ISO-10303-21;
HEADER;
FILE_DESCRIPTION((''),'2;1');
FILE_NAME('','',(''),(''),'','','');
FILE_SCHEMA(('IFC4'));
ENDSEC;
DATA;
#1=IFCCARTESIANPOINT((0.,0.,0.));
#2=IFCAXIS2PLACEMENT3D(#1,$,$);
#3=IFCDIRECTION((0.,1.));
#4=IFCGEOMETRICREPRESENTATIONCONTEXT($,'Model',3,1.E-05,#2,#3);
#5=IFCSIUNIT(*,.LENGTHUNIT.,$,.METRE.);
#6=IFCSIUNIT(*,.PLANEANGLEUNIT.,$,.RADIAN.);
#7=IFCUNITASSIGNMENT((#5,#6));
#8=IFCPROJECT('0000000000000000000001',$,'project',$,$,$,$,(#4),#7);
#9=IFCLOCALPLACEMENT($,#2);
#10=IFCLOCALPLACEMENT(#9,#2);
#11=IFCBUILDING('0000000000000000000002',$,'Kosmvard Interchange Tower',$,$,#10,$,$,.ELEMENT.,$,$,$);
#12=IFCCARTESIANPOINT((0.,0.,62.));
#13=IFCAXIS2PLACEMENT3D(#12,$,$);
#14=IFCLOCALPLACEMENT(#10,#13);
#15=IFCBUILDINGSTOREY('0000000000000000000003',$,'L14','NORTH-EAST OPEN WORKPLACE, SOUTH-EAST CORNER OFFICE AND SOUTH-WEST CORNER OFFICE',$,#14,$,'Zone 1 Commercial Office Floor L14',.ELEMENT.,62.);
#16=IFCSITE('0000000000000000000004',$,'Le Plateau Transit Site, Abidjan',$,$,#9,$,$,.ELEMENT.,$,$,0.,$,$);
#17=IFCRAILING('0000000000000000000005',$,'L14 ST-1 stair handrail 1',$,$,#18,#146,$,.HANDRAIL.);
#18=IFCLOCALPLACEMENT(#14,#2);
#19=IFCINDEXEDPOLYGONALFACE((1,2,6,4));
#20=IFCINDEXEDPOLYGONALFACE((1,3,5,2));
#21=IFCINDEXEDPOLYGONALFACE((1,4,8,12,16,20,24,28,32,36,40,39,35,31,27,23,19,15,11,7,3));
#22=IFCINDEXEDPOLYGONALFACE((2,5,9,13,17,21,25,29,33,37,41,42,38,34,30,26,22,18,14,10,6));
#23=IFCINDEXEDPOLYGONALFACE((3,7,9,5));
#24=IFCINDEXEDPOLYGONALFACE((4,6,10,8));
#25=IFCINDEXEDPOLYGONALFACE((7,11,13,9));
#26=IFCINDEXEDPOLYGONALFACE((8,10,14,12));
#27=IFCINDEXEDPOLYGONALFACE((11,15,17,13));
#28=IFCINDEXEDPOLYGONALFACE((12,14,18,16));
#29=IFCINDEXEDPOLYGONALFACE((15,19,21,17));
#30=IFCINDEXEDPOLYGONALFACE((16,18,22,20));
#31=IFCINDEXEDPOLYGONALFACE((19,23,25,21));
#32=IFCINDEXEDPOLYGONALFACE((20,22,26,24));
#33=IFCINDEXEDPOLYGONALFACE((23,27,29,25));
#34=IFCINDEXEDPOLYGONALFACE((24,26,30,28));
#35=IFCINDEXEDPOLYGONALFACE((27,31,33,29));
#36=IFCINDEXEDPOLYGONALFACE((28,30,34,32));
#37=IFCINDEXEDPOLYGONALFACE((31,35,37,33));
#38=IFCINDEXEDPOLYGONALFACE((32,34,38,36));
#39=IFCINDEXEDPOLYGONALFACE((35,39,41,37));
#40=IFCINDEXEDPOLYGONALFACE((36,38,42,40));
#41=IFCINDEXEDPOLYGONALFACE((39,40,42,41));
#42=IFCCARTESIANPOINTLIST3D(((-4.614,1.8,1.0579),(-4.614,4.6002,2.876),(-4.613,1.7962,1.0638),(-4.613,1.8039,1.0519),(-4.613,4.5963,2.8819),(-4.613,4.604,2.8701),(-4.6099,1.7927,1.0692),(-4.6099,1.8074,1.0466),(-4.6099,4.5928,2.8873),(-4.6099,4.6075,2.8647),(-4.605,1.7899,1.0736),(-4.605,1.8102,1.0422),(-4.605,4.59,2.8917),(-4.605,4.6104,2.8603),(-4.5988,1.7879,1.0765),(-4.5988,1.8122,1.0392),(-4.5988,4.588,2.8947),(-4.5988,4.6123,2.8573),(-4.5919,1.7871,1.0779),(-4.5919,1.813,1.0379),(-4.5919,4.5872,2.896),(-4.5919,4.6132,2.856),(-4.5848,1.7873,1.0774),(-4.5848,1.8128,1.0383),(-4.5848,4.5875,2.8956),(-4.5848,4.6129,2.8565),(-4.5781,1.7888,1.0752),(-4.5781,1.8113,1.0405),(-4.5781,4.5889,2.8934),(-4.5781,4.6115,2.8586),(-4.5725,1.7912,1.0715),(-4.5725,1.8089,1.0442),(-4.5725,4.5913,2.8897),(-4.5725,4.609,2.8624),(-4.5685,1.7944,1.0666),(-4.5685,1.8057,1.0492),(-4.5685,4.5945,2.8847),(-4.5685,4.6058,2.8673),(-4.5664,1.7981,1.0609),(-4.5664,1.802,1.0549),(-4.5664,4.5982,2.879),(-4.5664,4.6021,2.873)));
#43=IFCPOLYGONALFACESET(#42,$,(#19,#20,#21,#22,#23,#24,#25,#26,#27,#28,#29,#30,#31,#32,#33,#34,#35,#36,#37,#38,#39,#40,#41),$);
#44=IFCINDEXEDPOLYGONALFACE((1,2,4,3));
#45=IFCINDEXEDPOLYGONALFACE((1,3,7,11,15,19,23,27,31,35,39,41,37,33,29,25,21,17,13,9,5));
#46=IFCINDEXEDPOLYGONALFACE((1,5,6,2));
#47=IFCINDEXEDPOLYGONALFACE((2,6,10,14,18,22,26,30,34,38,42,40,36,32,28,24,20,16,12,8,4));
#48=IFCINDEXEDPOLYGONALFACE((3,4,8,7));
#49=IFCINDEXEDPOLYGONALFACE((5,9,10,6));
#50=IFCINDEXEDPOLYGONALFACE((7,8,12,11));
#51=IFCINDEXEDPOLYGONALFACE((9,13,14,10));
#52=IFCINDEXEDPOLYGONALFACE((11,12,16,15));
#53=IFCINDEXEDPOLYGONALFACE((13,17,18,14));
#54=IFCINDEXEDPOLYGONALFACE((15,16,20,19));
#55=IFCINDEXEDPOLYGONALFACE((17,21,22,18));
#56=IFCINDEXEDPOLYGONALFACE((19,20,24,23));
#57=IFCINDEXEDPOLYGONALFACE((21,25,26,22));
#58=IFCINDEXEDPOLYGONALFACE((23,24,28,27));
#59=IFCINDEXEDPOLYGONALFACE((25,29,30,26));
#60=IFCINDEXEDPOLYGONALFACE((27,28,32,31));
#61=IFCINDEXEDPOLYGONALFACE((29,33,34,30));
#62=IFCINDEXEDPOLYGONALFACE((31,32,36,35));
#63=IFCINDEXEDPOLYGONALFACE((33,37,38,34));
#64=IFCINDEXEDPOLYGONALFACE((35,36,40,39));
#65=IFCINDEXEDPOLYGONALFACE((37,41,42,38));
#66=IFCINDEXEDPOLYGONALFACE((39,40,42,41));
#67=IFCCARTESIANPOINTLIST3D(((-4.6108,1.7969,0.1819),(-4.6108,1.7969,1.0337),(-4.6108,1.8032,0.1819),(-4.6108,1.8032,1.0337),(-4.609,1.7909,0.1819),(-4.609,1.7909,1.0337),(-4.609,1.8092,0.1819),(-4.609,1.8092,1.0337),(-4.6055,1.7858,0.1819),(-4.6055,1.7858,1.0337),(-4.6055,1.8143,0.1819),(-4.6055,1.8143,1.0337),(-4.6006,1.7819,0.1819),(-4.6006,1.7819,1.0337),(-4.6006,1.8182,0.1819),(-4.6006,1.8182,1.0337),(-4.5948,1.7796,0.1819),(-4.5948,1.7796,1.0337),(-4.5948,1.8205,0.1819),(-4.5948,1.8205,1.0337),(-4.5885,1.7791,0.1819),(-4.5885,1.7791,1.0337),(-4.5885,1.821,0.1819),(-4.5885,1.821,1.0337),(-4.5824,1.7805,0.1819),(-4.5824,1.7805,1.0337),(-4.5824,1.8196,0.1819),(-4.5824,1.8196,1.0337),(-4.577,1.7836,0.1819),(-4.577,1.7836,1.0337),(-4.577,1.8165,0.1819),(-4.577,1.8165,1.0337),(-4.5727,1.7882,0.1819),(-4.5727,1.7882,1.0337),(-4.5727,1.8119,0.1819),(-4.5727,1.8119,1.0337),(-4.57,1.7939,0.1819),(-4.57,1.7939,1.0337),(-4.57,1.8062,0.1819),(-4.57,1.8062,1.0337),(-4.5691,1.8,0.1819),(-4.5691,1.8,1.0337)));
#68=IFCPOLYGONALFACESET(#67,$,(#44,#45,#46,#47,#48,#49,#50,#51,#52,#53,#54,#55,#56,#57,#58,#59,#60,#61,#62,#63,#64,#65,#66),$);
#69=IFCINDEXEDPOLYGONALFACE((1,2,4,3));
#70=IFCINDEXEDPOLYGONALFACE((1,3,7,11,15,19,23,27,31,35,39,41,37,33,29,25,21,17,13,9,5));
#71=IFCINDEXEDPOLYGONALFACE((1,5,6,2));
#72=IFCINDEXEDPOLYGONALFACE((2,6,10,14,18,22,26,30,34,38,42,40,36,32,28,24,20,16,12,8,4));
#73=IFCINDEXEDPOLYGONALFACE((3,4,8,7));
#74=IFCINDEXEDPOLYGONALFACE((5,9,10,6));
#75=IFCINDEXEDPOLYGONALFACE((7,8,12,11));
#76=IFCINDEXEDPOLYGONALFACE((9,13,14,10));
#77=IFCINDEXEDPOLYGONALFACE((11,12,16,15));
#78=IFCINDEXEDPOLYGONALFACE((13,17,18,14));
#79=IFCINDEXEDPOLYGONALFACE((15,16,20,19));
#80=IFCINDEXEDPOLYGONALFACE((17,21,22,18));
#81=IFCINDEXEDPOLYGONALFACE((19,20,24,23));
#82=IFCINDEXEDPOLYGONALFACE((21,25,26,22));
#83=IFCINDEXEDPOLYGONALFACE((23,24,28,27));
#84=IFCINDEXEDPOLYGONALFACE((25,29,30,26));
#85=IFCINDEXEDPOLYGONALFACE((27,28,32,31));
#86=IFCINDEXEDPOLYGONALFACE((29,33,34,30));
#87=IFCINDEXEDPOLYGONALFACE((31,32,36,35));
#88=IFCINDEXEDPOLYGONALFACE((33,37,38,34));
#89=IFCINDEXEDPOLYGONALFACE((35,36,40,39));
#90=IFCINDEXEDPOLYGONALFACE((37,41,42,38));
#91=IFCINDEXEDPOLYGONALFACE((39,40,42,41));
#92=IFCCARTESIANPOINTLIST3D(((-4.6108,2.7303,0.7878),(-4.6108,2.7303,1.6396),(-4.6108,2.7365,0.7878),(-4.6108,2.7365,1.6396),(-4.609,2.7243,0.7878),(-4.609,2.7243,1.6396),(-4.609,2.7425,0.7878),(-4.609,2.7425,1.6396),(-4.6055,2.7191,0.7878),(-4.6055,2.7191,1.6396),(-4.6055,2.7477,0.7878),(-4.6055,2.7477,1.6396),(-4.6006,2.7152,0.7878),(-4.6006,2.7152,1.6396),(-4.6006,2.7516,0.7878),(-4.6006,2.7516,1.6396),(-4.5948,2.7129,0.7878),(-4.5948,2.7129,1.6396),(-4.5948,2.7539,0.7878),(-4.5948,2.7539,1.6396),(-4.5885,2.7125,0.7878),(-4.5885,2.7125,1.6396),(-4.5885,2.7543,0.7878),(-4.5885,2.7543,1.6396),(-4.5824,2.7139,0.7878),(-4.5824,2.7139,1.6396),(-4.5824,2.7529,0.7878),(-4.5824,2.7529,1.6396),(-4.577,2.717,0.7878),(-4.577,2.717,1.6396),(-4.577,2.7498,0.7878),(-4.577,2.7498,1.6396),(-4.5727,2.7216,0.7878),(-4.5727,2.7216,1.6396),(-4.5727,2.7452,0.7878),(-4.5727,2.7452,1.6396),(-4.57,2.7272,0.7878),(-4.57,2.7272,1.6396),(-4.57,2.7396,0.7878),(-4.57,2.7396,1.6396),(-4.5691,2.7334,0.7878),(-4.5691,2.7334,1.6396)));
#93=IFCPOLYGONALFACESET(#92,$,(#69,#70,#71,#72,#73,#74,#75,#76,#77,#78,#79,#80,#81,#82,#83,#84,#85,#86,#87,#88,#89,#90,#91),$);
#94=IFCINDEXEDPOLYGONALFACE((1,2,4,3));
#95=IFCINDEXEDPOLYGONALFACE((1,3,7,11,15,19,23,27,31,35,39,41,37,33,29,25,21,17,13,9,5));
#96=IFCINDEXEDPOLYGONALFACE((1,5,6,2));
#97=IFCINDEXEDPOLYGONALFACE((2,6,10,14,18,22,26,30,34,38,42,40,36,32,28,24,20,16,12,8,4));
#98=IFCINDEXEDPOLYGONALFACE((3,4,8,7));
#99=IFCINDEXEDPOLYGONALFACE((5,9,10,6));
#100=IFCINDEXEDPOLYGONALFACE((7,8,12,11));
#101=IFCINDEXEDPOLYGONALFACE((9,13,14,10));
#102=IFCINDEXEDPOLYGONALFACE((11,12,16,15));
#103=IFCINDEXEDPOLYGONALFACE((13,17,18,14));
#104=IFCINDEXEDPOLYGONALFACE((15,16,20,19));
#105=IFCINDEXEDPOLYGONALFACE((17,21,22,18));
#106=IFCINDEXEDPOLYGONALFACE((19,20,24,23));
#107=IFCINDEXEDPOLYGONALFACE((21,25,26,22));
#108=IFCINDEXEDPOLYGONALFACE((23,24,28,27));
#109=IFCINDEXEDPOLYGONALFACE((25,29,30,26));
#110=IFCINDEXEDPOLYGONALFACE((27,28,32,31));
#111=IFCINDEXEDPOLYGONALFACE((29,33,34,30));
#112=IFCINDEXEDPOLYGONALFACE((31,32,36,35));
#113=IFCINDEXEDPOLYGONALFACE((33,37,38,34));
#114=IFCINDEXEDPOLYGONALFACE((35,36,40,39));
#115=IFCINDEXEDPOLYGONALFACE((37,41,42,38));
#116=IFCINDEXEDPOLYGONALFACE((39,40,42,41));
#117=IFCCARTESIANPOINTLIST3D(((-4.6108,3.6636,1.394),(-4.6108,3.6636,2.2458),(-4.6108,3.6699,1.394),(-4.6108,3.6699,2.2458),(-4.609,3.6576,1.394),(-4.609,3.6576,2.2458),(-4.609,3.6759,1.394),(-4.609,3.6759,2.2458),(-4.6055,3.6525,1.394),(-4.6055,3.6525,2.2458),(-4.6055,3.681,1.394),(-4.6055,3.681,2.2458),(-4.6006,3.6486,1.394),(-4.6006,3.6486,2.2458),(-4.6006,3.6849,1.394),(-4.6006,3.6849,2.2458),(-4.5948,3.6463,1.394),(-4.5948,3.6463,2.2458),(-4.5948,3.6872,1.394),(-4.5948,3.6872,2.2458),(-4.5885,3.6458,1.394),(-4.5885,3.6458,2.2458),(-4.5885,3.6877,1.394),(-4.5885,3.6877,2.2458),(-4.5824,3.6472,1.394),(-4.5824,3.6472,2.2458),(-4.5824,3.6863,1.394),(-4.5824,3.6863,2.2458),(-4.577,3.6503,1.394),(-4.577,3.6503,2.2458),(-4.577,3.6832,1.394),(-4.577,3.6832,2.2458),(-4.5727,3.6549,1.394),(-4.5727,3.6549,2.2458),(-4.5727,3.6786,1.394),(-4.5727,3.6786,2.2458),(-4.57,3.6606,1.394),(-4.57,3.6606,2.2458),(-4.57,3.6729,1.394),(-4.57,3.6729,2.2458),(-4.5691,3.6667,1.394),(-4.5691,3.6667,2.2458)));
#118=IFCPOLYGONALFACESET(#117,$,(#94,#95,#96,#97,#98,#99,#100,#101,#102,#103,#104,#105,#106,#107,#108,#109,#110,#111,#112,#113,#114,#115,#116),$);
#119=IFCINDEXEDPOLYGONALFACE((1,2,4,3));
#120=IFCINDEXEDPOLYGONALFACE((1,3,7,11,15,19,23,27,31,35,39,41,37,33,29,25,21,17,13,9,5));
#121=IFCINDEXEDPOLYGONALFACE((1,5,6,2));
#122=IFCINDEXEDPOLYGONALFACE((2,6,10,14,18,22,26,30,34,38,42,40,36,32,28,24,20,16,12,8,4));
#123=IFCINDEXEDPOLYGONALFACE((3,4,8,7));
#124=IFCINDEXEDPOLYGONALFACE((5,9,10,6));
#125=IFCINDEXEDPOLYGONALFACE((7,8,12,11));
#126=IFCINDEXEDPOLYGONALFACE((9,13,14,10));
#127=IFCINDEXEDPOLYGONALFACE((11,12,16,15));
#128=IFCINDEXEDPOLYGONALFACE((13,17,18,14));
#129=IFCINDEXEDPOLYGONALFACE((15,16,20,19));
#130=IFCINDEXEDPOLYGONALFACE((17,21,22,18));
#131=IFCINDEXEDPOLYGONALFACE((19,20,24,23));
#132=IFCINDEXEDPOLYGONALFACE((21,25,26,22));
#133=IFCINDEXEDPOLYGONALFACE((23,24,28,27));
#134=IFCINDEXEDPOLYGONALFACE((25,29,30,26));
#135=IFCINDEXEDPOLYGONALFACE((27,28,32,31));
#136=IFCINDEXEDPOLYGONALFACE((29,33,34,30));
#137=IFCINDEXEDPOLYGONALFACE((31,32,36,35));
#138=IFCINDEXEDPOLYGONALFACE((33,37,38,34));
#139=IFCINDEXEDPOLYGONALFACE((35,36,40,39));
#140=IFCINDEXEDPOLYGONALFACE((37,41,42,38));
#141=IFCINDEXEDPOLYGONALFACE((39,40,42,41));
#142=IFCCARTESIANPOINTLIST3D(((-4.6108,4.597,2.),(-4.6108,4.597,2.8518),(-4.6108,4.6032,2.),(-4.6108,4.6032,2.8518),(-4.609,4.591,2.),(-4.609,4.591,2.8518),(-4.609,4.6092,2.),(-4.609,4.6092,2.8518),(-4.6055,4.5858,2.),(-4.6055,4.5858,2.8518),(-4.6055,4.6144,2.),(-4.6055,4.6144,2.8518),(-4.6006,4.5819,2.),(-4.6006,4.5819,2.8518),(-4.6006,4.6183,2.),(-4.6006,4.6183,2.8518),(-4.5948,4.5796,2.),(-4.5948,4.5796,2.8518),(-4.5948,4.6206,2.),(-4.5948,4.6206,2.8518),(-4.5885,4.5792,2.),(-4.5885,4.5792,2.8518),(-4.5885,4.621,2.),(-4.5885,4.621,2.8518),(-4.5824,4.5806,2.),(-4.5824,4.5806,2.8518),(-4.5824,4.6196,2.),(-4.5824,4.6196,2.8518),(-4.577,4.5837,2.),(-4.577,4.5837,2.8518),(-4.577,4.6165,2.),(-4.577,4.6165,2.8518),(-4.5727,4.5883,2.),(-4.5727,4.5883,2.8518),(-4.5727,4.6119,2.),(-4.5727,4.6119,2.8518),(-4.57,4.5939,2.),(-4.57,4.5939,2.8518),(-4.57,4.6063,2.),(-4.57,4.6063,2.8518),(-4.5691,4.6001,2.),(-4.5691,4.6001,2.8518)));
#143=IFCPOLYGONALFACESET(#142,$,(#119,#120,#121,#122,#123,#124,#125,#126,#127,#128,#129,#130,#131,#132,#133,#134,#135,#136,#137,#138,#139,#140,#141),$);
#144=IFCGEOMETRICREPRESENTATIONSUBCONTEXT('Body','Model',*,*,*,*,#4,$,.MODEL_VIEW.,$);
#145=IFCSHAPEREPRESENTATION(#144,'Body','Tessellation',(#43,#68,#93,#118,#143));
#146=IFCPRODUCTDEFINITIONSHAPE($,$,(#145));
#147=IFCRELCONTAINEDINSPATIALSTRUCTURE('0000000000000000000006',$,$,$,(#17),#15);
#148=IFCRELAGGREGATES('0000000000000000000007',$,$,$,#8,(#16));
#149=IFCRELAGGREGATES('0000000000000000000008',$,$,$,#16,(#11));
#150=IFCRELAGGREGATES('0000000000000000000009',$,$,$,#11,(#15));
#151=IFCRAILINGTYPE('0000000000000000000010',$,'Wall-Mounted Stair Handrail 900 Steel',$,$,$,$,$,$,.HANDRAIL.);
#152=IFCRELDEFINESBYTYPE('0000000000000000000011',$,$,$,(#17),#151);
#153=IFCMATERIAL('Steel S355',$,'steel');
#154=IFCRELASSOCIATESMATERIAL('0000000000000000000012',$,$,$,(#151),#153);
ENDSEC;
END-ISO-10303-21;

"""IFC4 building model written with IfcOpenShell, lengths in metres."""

from ifc_helpers import new_model, si_unit, direction, frame, origin, origin_2d, place, context, subcontext, project, spatial, circle, extrude, source, transform, mapped, material, type_object, element, save


model = new_model("IFC4")

# Units and contexts
model_context = context("Model", 3, precision=1e-05, world=origin(), true_north=direction((0.0, 1.0)))
body_context = subcontext(model_context, "Body", "Model", "MODEL_VIEW")
ifc_project = project(units=[si_unit("LENGTHUNIT", "METRE"), si_unit("PLANEANGLEUNIT", "RADIAN")], contexts=[model_context])

# Site, building, storey
site_placement = place(None, origin())
site = spatial("IfcSite", under=ifc_project, at=site_placement, Name="Le Plateau Transit Site, Abidjan", CompositionType="ELEMENT", RefElevation=0.0)
building_placement = place(site_placement, origin())
building = spatial("IfcBuilding", under=site, at=building_placement, Name="Kosmvard Interchange Tower", CompositionType="ELEMENT")
storey_placement = place(building_placement, frame((0.0, 0.0, 62.0)))
storey = spatial("IfcBuildingStorey", under=building, at=storey_placement, Name="L14", Description="NORTH-EAST OPEN WORKPLACE, SOUTH-EAST CORNER OFFICE AND SOUTH-WEST CORNER OFFICE", LongName="Zone 1 Commercial Office Floor L14", CompositionType="ELEMENT", Elevation=62.0)

# Railing
ifc_material_1 = material(Name="Steel S355", Category="steel")
railing_type_1 = type_object("IfcRailingType", Name="Wall-Mounted Stair Handrail 900 Steel", PredefinedType="HANDRAIL", material=ifc_material_1)
shared_shape_1 = source(origin(), body_context, "Body", "SweptSolid", [
    extrude(circle(Radius=0.0239, at=origin_2d()), frame((0.0, 0.0, 0.876), z_axis=(0.0, 0.838706, 0.544585), x_axis=(-1.0, 0.0, 0.0)), (0.0, 0.0, 1.0), 3.3386),
    extrude(circle(Radius=0.021, at=origin_2d()), origin(), (0.0, 0.0, 1.0), 0.8518),
    extrude(circle(Radius=0.021, at=origin_2d()), frame((0.0, 0.9333, 0.606)), (0.0, 0.0, 1.0), 0.8518),
    extrude(circle(Radius=0.021, at=origin_2d()), frame((0.0, 1.8667, 1.2122)), (0.0, 0.0, 1.0), 0.8518),
    extrude(circle(Radius=0.021, at=origin_2d()), frame((0.0, 2.8, 1.8181)), (0.0, 0.0, 1.0), 0.8518),
])
railing_1_placement = place(storey_placement, frame((-4.5901, 1.8, 0.1819)))
element("IfcRailing", 1, at=railing_1_placement, inside=storey, type_object=railing_type_1, Name="L14 ST-1 stair handrail 1", PredefinedType="HANDRAIL", context=body_context, shape_type="MappedRepresentation", body=[
    mapped(shared_shape_1, transform((0.0, 0.0, 0.0), scale=1.0)),
])

save(model, "model.ifc")
